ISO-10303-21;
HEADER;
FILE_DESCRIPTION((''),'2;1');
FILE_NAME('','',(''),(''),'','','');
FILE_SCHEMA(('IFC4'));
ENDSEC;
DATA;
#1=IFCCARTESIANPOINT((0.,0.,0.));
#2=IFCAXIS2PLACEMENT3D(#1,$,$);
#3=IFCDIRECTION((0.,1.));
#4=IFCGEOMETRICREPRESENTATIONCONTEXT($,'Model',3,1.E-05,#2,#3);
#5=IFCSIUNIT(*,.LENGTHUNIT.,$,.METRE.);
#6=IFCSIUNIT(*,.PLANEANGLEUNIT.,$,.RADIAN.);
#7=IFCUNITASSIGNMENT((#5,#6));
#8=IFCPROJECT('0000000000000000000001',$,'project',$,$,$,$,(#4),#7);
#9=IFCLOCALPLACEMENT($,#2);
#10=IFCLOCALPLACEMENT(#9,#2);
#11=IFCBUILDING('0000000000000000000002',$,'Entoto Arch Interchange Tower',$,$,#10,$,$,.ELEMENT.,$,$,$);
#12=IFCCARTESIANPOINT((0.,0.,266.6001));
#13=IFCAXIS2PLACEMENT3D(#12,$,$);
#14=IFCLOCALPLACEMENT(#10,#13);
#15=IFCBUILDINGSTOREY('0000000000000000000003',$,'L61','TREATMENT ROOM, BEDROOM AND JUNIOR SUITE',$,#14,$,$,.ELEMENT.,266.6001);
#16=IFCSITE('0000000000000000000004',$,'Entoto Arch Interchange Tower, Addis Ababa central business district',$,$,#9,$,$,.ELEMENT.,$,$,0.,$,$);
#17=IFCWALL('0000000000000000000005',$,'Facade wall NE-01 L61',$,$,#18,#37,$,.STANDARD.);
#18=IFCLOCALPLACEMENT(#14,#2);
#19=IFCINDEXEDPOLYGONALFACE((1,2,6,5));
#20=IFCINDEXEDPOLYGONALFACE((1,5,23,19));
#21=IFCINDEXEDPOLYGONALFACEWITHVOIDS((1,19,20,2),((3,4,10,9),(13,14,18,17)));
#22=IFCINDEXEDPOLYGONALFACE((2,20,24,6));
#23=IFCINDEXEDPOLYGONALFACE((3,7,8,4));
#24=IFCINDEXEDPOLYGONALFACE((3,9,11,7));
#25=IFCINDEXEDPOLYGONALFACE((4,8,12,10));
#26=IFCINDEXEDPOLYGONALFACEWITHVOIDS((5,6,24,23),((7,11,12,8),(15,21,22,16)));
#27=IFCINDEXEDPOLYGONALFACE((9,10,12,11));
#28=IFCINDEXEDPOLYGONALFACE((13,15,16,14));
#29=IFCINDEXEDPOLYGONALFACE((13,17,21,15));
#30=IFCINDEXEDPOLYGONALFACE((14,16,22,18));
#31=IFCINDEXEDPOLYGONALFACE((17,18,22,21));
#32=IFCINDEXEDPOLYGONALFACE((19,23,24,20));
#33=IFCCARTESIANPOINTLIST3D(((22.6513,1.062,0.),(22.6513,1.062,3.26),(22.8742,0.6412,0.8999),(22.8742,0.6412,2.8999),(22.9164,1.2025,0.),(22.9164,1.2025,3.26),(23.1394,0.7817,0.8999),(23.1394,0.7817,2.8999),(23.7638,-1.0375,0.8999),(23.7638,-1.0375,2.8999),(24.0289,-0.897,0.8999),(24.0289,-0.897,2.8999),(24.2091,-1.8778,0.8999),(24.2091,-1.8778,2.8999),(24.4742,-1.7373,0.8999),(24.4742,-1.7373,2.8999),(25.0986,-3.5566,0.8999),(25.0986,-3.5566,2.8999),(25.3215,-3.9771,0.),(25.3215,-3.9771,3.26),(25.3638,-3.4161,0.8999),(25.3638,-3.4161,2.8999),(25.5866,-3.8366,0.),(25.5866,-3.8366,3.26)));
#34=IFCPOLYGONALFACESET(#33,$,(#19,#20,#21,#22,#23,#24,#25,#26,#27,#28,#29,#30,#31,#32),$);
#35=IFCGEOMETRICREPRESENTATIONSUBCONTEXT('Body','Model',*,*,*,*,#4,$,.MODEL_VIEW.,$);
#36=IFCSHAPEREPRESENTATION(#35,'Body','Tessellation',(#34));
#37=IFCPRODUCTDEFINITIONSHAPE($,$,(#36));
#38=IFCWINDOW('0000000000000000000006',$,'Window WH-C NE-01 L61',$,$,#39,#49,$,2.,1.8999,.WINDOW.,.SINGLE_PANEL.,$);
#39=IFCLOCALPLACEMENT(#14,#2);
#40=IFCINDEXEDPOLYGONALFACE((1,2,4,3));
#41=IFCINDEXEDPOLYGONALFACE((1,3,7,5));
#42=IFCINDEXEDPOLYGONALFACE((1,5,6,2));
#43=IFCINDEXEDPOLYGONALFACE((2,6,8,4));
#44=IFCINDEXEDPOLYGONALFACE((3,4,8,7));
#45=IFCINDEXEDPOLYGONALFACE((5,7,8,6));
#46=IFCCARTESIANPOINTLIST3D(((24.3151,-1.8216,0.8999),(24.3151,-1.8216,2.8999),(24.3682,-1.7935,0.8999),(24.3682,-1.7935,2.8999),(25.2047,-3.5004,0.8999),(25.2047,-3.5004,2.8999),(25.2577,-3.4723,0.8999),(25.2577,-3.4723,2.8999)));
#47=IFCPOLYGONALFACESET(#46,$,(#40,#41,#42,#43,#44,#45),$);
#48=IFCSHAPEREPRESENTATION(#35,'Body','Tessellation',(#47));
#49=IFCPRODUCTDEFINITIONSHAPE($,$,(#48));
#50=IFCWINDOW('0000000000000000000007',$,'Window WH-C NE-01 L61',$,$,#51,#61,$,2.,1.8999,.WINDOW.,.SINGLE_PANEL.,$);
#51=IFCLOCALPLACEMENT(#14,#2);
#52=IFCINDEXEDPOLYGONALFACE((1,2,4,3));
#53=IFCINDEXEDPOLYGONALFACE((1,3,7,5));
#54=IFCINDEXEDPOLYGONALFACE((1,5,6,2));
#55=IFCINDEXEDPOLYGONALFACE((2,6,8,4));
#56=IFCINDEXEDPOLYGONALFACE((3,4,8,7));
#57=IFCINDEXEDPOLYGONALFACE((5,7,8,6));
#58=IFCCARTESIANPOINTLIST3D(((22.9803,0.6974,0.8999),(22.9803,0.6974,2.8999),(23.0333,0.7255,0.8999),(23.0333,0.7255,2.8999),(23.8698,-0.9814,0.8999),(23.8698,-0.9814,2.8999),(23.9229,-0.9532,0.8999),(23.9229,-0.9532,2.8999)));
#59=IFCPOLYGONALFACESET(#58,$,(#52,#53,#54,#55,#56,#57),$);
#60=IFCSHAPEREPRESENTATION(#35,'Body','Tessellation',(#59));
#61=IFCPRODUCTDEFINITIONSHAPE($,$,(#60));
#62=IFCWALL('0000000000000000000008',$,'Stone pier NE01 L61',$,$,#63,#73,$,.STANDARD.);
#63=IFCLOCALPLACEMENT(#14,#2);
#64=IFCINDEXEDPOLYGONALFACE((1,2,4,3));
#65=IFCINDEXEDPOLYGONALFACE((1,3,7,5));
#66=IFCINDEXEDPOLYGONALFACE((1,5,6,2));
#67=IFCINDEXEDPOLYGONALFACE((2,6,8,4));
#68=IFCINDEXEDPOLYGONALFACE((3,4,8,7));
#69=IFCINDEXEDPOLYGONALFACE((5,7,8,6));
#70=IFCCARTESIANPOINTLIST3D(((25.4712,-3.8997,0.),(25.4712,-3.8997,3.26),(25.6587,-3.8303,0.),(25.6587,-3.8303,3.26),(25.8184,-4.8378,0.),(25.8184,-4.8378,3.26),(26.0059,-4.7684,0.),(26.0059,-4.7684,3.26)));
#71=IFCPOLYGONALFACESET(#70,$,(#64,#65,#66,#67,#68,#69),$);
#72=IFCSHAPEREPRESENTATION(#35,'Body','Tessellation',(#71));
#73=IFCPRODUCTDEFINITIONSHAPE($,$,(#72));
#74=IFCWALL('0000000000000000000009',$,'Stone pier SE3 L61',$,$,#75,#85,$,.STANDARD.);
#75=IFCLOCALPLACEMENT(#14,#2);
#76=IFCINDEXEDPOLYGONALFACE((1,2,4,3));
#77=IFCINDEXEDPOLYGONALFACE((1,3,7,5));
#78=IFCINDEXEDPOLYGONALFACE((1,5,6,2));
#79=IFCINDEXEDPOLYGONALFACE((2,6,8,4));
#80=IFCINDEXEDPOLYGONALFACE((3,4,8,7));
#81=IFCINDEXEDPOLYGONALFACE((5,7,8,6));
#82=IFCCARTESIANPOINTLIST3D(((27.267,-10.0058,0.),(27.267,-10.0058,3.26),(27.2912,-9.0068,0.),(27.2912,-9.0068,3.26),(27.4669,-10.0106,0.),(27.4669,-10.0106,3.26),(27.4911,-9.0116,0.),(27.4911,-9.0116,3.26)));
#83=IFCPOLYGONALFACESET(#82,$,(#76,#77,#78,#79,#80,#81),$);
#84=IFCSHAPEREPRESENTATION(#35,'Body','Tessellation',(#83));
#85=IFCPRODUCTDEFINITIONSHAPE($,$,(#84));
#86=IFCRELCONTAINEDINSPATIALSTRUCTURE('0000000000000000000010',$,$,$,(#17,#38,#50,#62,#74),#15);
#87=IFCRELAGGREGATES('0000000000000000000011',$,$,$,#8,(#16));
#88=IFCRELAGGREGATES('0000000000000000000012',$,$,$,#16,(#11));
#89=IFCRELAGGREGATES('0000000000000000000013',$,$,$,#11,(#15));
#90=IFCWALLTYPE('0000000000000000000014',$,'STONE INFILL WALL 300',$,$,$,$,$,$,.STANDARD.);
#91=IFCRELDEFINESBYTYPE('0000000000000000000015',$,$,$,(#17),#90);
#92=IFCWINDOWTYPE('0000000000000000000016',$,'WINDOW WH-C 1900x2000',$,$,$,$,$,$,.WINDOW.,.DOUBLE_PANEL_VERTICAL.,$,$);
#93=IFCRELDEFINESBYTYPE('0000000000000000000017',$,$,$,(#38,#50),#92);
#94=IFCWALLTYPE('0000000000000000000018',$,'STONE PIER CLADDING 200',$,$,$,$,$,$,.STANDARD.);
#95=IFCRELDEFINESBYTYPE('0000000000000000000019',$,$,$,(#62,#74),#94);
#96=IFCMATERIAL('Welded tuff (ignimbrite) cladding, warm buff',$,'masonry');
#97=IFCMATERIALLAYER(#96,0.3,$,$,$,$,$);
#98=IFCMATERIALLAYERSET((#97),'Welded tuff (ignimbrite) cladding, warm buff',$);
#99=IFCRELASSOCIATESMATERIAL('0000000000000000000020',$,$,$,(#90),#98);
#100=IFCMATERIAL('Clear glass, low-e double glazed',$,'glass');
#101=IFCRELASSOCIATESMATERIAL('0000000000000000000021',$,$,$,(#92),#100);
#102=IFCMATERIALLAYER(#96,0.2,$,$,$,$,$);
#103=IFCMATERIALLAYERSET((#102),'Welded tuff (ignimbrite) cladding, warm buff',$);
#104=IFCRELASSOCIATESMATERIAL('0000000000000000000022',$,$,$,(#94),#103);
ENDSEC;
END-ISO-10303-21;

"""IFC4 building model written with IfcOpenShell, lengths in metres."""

from ifc_helpers import new_model, si_unit, direction, frame, frame_2d, origin, place, context, subcontext, project, spatial, rectangle, extrude, material, layer, layer_set, type_object, element, fill, save


model = new_model("IFC4")

# Units and contexts
model_context = context("Model", 3, precision=1e-05, world=origin(), true_north=direction((0.0, 1.0)))
body_context = subcontext(model_context, "Body", "Model", "MODEL_VIEW")
ifc_project = project(units=[si_unit("LENGTHUNIT", "METRE"), si_unit("PLANEANGLEUNIT", "RADIAN")], contexts=[model_context])

# Site, building, storey
site_placement = place(None, origin())
site = spatial("IfcSite", under=ifc_project, at=site_placement, Name="Entoto Arch Interchange Tower, Addis Ababa central business district", CompositionType="ELEMENT", RefElevation=0.0)
building_placement = place(site_placement, origin())
building = spatial("IfcBuilding", under=site, at=building_placement, Name="Entoto Arch Interchange Tower", CompositionType="ELEMENT")
storey_placement = place(building_placement, frame((0.0, 0.0, 266.6001)))
storey = spatial("IfcBuildingStorey", under=building, at=storey_placement, Name="L61", Description="TREATMENT ROOM, BEDROOM AND JUNIOR SUITE", CompositionType="ELEMENT", Elevation=266.6001)

# Shared definitions
ifc_material_1 = material(Name="Welded tuff (ignimbrite) cladding, warm buff", Category="masonry")
ifc_layer_1 = layer(ifc_material_1, 0.3)
ifc_layer_set_1 = layer_set([ifc_layer_1], Name="Welded tuff (ignimbrite) cladding, warm buff")
wall_type_1 = type_object("IfcWallType", Name="STONE INFILL WALL 300", PredefinedType="STANDARD", material=ifc_layer_set_1)
ifc_material_2 = material(Name="Clear glass, low-e double glazed", Category="glass")

# Wall, openings, windows
wall_1_placement = place(storey_placement, frame((25.4541, -3.907, 0.0), z_axis=(0.0, 0.0, 1.0), x_axis=(-0.46822, 0.883612, 0.0)))
wall_1 = element("IfcWall", 1, at=wall_1_placement, inside=storey, type_object=wall_type_1, Name="Facade wall NE-01 L61", PredefinedType="STANDARD", context=body_context, shape_type="SweptSolid", body=[
    extrude(rectangle(XDim=5.7029, YDim=0.3, at=frame_2d((2.8516, 0.0))), origin(), (0.0, 0.0, 1.0), 3.26),
])
opening_1_placement = place(wall_1_placement, frame((0.4761, 0.0, 0.8999)))
opening_1 = element("IfcOpeningElement", 2, at=opening_1_placement, cuts=wall_1, PredefinedType="OPENING", context=body_context, shape_type="SweptSolid", body=[
    extrude(rectangle(XDim=1.8999, YDim=2.0, at=frame_2d((0.95, 1.0))), frame((0.0, 0.1602, 0.0), z_axis=(0.0, -1.0, 0.0), x_axis=(1.0, 0.0, 0.0)), (0.0, 0.0, 1.0), 0.3201),
])
opening_2_placement = place(wall_1_placement, frame((3.3269, 0.0, 0.8999)))
opening_2 = element("IfcOpeningElement", 3, at=opening_2_placement, cuts=wall_1, PredefinedType="OPENING", context=body_context, shape_type="SweptSolid", body=[
    extrude(rectangle(XDim=1.8999, YDim=2.0, at=frame_2d((0.95, 1.0))), frame((0.0, 0.1602, 0.0), z_axis=(0.0, -1.0, 0.0), x_axis=(1.0, 0.0, 0.0)), (0.0, 0.0, 1.0), 0.3201),
])
window_type_1 = type_object("IfcWindowType", Name="WINDOW WH-C 1900x2000", PartitioningType="DOUBLE_PANEL_VERTICAL", PredefinedType="WINDOW", material=ifc_material_2)
window_1_placement = place(opening_1_placement, origin())
window_1 = element("IfcWindow", 4, at=window_1_placement, inside=storey, type_object=window_type_1, Name="Window WH-C NE-01 L61", OverallHeight=2.0, OverallWidth=1.8999, PartitioningType="SINGLE_PANEL", PredefinedType="WINDOW", context=body_context, shape_type="SweptSolid", body=[
    extrude(rectangle(XDim=1.8999, YDim=2.0, at=frame_2d((0.95, 1.0))), frame((0.0, 0.03, 0.0), z_axis=(0.0, -1.0, 0.0), x_axis=(1.0, 0.0, 0.0)), (0.0, 0.0, 1.0), 0.0601),
])
fill(opening_1, window_1)
window_2_placement = place(opening_2_placement, origin())
window_2 = element("IfcWindow", 5, at=window_2_placement, inside=storey, type_object=window_type_1, Name="Window WH-C NE-01 L61", OverallHeight=2.0, OverallWidth=1.8999, PartitioningType="SINGLE_PANEL", PredefinedType="WINDOW", context=body_context, shape_type="SweptSolid", body=[
    extrude(rectangle(XDim=1.8999, YDim=2.0, at=frame_2d((0.95, 1.0))), frame((0.0, 0.03, 0.0), z_axis=(0.0, -1.0, 0.0), x_axis=(1.0, 0.0, 0.0)), (0.0, 0.0, 1.0), 0.0601),
])
fill(opening_2, window_2)

# Walls
ifc_layer_2 = layer(ifc_material_1, 0.2)
ifc_layer_set_2 = layer_set([ifc_layer_2], Name="Welded tuff (ignimbrite) cladding, warm buff")
wall_type_2 = type_object("IfcWallType", Name="STONE PIER CLADDING 200", PredefinedType="STANDARD", material=ifc_layer_set_2)
wall_2_placement = place(storey_placement, frame((25.9121, -4.803, 0.0), z_axis=(0.0, 0.0, 1.0), x_axis=(-0.347108, 0.937825, 0.0)))
element("IfcWall", 6, at=wall_2_placement, inside=storey, type_object=wall_type_2, Name="Stone pier NE01 L61", PredefinedType="STANDARD", context=body_context, shape_type="SweptSolid", body=[
    extrude(rectangle(XDim=1.0002, YDim=0.2, at=frame_2d((0.5, 0.0))), origin(), (0.0, 0.0, 1.0), 3.26),
])
wall_3_placement = place(storey_placement, frame((27.3669, -10.0081, 0.0), z_axis=(0.0, 0.0, 1.0), x_axis=(0.024186, 0.999707, 0.0)))
element("IfcWall", 7, at=wall_3_placement, inside=storey, type_object=wall_type_2, Name="Stone pier SE3 L61", PredefinedType="STANDARD", context=body_context, shape_type="SweptSolid", body=[
    extrude(rectangle(XDim=0.9993, YDim=0.2, at=frame_2d((0.4995, 0.0))), origin(), (0.0, 0.0, 1.0), 3.26),
])

save(model, "model.ifc")
